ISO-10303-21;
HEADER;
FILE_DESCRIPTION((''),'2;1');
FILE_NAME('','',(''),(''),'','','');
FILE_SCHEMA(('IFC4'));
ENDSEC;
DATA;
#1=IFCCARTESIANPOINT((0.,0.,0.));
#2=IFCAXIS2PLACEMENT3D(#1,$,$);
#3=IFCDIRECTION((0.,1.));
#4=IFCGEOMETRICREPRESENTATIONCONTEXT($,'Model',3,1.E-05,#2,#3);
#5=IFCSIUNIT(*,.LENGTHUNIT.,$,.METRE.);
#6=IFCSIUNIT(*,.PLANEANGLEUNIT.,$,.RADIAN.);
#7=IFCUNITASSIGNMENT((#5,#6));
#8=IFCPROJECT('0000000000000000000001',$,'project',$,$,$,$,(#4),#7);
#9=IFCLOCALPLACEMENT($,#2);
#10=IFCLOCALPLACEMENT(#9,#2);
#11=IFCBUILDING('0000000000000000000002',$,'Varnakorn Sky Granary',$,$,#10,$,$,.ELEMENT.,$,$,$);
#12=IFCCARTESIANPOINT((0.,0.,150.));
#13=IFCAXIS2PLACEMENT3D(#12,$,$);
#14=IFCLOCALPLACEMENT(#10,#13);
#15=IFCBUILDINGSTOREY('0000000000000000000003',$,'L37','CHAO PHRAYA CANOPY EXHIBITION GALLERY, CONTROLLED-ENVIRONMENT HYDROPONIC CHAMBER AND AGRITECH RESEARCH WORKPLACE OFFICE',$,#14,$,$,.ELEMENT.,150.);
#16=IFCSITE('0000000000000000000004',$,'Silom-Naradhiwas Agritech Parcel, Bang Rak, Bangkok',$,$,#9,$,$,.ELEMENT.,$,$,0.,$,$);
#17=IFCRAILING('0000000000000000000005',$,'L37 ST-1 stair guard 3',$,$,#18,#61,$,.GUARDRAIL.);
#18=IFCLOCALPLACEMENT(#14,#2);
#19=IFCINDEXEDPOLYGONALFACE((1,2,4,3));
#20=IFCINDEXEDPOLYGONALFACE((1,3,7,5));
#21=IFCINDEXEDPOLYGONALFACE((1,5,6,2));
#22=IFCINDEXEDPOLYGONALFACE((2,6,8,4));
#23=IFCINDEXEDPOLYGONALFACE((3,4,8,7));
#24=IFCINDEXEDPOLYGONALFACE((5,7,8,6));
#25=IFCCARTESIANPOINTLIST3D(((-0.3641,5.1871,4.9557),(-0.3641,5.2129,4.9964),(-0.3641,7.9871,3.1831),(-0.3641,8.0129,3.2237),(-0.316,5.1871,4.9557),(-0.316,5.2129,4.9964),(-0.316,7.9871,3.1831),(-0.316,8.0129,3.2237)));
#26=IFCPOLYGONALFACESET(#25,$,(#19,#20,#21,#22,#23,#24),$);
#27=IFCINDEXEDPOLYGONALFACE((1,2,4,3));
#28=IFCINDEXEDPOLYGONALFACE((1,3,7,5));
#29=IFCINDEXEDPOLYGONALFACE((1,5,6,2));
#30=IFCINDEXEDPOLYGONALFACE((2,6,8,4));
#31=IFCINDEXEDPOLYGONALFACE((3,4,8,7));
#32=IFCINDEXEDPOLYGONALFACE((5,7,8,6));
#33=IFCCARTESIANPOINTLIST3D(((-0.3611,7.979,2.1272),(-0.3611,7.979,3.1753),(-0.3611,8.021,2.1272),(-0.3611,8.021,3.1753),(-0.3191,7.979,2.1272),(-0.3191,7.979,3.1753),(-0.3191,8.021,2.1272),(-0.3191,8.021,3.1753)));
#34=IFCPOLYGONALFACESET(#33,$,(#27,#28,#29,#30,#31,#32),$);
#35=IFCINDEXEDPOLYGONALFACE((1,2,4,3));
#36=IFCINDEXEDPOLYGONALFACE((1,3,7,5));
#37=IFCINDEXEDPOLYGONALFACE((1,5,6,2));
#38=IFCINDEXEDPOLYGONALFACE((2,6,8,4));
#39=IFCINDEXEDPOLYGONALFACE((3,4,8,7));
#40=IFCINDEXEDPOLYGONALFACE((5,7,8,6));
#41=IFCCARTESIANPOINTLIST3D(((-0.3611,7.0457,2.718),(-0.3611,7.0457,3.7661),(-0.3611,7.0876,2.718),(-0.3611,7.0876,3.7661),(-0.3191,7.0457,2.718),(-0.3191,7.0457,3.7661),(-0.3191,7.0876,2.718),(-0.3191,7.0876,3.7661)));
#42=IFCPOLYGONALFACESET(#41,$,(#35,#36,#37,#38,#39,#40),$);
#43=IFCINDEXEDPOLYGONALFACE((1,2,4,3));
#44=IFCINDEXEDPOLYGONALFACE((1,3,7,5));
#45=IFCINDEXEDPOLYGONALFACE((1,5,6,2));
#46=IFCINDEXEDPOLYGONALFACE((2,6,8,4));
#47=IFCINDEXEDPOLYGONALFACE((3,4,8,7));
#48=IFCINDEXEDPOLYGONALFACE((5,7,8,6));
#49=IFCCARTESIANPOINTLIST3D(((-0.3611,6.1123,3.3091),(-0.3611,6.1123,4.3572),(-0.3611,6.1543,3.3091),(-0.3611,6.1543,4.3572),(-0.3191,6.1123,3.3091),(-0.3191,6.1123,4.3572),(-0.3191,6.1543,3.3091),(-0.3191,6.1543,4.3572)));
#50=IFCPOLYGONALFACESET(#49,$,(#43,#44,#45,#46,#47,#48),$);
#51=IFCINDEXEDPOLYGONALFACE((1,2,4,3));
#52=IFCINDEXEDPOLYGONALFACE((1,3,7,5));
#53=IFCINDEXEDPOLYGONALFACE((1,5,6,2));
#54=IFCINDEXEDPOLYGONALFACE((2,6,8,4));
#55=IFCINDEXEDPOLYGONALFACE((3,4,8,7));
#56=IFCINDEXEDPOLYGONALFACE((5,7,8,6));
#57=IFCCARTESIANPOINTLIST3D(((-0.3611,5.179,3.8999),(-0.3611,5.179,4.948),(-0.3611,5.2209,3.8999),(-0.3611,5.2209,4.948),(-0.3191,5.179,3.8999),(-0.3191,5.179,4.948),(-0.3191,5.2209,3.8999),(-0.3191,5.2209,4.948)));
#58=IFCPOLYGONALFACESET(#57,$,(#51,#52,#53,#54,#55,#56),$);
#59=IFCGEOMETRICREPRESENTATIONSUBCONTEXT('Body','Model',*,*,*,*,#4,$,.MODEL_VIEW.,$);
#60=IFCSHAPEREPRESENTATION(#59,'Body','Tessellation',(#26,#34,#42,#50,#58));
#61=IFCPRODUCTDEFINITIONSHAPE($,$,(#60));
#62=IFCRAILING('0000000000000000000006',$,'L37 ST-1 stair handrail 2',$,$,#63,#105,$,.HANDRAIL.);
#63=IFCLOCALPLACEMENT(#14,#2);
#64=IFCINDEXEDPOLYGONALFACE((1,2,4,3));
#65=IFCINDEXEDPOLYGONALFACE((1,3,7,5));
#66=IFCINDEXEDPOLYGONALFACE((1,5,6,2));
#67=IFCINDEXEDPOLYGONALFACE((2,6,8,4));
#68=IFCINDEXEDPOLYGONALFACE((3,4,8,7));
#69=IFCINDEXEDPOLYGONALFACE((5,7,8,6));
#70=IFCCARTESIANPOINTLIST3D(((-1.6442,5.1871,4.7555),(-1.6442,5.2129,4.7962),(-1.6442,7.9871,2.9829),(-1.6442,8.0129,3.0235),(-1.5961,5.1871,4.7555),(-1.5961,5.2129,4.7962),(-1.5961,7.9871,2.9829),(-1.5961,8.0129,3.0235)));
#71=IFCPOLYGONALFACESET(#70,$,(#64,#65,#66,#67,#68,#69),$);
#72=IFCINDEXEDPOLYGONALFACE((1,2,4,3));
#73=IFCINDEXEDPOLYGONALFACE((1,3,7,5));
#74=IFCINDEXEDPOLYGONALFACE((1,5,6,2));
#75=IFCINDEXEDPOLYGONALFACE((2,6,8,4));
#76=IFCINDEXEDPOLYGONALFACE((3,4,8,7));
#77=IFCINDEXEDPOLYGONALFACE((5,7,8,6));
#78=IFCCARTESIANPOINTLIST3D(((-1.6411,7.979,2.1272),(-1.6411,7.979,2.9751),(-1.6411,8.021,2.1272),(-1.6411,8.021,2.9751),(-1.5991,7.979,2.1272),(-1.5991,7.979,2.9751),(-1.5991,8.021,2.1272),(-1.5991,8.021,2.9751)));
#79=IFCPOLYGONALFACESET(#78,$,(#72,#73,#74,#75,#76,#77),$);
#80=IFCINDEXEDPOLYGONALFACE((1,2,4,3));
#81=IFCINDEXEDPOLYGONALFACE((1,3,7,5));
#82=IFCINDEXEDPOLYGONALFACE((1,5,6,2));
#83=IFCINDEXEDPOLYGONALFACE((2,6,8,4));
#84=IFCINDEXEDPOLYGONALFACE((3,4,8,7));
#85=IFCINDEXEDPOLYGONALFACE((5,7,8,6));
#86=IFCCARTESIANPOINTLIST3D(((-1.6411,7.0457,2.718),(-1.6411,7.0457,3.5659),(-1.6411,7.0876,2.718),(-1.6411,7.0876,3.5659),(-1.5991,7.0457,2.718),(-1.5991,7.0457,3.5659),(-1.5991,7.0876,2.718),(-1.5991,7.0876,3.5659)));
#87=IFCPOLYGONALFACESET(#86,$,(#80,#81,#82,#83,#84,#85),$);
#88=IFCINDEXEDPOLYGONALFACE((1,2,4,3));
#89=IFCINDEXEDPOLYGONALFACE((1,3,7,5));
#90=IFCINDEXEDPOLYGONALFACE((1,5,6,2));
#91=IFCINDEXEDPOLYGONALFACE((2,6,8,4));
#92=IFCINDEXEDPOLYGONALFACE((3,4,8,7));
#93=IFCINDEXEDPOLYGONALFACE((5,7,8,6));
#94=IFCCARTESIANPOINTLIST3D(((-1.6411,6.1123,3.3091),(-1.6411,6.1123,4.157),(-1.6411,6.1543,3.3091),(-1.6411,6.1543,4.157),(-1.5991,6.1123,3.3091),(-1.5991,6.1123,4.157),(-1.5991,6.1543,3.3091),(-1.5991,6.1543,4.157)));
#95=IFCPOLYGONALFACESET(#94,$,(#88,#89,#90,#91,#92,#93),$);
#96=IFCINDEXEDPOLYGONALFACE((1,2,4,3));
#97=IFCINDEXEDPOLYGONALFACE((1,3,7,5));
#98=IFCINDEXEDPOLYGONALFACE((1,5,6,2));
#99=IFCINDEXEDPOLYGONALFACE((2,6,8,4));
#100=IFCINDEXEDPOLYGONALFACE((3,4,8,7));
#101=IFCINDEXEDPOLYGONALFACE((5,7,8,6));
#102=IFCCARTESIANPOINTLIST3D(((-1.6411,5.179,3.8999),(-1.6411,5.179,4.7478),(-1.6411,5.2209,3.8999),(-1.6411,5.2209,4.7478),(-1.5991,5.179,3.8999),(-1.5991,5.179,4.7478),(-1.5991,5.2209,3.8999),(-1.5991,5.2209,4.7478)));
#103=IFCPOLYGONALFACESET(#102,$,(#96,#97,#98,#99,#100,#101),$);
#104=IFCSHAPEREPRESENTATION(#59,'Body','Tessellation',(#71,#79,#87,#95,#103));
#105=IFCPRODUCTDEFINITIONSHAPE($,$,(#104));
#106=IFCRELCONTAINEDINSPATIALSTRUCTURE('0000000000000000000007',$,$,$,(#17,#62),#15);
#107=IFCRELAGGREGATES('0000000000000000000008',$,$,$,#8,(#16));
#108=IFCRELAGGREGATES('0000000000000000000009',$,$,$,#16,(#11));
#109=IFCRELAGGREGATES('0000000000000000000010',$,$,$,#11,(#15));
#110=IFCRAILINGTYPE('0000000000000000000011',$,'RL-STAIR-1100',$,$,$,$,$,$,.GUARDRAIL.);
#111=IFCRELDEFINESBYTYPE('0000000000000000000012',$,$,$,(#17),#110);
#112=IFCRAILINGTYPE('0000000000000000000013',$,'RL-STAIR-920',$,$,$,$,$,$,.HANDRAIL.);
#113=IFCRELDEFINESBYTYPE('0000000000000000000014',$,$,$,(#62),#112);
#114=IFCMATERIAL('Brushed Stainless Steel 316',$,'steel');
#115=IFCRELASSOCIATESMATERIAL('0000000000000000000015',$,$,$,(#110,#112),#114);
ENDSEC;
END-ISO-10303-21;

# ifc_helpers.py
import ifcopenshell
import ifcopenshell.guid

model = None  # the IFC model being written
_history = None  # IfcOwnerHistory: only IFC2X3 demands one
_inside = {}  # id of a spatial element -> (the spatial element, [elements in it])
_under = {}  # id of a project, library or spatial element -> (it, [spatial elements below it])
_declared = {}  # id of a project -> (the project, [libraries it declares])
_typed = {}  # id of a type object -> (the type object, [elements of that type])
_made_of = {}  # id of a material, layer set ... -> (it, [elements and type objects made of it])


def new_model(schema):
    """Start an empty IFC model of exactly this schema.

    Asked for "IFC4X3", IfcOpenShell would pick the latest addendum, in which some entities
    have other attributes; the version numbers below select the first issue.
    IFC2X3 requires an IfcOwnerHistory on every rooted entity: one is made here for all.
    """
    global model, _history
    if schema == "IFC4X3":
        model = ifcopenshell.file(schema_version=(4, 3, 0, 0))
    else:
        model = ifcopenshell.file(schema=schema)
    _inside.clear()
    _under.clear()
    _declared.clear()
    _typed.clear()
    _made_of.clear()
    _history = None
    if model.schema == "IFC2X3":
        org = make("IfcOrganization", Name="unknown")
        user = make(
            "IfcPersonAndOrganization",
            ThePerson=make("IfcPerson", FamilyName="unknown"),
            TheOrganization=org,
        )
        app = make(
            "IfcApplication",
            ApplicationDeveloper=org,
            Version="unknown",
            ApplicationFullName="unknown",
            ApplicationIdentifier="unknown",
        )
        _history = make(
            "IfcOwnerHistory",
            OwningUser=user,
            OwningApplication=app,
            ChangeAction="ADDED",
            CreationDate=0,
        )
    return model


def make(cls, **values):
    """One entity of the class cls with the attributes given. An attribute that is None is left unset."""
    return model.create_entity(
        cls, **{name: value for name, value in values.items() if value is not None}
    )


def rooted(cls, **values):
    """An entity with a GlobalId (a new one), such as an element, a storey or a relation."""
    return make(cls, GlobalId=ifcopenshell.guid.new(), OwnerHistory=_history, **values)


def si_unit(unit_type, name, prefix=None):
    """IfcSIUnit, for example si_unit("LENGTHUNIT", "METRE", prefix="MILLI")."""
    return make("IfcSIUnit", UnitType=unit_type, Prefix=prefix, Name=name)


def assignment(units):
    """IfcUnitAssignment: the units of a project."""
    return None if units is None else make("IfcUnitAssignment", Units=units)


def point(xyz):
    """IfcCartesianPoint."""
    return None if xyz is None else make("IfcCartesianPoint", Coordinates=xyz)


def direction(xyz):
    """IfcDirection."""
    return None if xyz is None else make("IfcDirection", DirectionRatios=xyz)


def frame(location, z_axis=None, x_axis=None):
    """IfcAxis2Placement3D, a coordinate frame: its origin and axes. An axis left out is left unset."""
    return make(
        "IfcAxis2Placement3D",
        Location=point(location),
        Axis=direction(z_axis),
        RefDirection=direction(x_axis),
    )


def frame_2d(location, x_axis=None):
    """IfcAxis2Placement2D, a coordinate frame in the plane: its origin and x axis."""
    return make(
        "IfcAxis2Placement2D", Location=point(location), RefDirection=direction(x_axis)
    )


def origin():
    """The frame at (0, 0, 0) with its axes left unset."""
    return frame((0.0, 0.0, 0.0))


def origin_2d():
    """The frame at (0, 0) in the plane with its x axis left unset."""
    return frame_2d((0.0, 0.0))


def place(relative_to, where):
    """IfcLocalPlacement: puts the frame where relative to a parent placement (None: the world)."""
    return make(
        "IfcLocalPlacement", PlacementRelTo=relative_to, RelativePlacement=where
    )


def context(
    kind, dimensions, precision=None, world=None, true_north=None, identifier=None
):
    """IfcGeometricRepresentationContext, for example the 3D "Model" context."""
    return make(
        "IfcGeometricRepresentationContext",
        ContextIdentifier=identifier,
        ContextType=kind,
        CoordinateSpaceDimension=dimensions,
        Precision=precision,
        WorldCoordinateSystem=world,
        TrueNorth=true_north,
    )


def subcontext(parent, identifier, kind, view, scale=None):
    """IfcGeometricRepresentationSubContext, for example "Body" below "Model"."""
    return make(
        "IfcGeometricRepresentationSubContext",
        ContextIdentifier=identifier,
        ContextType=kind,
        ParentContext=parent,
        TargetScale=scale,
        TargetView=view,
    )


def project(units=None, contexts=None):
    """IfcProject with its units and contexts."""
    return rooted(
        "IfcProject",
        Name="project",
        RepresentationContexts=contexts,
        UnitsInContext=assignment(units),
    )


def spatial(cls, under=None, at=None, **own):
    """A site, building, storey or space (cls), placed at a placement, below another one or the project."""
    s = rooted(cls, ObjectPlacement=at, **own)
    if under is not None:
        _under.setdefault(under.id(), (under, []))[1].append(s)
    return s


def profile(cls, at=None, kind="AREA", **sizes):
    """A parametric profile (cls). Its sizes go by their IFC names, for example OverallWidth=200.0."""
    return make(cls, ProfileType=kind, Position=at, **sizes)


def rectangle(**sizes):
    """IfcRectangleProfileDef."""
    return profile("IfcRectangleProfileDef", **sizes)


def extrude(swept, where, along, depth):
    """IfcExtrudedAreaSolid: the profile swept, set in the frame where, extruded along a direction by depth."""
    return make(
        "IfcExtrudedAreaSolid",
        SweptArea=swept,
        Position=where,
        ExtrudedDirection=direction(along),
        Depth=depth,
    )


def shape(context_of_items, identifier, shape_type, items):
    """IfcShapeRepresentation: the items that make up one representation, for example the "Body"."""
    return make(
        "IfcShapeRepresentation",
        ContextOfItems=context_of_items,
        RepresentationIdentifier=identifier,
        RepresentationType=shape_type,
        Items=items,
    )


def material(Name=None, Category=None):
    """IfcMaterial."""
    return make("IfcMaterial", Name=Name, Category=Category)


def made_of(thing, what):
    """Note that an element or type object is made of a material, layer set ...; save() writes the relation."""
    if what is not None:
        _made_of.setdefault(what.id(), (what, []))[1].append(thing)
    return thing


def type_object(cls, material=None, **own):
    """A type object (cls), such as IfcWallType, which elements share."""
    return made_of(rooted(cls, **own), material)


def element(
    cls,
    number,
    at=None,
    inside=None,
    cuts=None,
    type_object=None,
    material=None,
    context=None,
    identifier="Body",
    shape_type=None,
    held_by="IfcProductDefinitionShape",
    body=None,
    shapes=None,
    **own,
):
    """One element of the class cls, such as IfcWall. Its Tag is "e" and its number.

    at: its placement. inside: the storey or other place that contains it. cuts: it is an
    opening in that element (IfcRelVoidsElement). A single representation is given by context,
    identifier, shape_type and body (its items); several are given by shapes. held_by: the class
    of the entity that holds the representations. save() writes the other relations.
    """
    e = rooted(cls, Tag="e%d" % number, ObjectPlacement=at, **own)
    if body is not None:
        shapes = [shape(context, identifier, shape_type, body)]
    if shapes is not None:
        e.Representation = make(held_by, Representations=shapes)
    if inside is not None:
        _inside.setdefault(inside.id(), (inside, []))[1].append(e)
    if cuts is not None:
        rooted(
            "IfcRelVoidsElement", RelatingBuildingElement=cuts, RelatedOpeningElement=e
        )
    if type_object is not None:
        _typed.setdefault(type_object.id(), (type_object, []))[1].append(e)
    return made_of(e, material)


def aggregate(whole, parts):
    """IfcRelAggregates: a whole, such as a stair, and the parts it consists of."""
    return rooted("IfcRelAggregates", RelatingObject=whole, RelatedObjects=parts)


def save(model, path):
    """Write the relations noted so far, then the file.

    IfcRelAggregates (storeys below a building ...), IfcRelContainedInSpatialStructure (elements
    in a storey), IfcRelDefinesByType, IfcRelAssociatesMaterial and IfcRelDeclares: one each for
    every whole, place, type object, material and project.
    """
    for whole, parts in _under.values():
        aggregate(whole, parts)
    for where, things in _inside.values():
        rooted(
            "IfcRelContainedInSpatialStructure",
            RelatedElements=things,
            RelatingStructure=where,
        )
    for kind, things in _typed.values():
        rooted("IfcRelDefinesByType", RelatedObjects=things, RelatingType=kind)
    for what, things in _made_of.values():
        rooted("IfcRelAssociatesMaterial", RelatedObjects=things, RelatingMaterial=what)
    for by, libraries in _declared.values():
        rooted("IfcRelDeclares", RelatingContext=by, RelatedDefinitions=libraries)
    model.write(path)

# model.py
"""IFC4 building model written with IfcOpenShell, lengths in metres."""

from ifc_helpers import new_model, si_unit, direction, frame, origin, origin_2d, place, context, subcontext, project, spatial, rectangle, extrude, material, type_object, element, save


model = new_model("IFC4")

# Units and contexts
model_context = context("Model", 3, precision=1e-05, world=origin(), true_north=direction((0.0, 1.0)))
body_context = subcontext(model_context, "Body", "Model", "MODEL_VIEW")
ifc_project = project(units=[si_unit("LENGTHUNIT", "METRE"), si_unit("PLANEANGLEUNIT", "RADIAN")], contexts=[model_context])

# Site, building, storey
site_placement = place(None, origin())
site = spatial("IfcSite", under=ifc_project, at=site_placement, Name="Silom-Naradhiwas Agritech Parcel, Bang Rak, Bangkok", CompositionType="ELEMENT", RefElevation=0.0)
building_placement = place(site_placement, origin())
building = spatial("IfcBuilding", under=site, at=building_placement, Name="Varnakorn Sky Granary", CompositionType="ELEMENT")
storey_placement = place(building_placement, frame((0.0, 0.0, 150.0)))
storey = spatial("IfcBuildingStorey", under=building, at=storey_placement, Name="L37", Description="CHAO PHRAYA CANOPY EXHIBITION GALLERY, CONTROLLED-ENVIRONMENT HYDROPONIC CHAMBER AND AGRITECH RESEARCH WORKPLACE OFFICE", CompositionType="ELEMENT", Elevation=150.0)

# Railings
ifc_material_1 = material(Name="Brushed Stainless Steel 316", Category="steel")
railing_type_1 = type_object("IfcRailingType", Name="RL-STAIR-1100", PredefinedType="GUARDRAIL", material=ifc_material_1)
railing_1_placement = place(storey_placement, frame((-0.3401, 8.0, 2.1272)))
element("IfcRailing", 1, at=railing_1_placement, inside=storey, type_object=railing_type_1, Name="L37 ST-1 stair guard 3", PredefinedType="GUARDRAIL", context=body_context, shape_type="SweptSolid", body=[
    extrude(rectangle(XDim=0.0481, YDim=0.0481, at=origin_2d()), frame((0.0, 0.0, 1.0762), z_axis=(0.0, -0.844909, 0.53491), x_axis=(1.0, 0.0, 0.0)), (0.0, 0.0, 1.0), 3.314),
    extrude(rectangle(XDim=0.042, YDim=0.042, at=origin_2d()), origin(), (0.0, 0.0, 1.0), 1.0481),
    extrude(rectangle(XDim=0.042, YDim=0.042, at=origin_2d()), frame((0.0, -0.9333, 0.5908)), (0.0, 0.0, 1.0), 1.0481),
    extrude(rectangle(XDim=0.042, YDim=0.042, at=origin_2d()), frame((0.0, -1.8667, 1.1819)), (0.0, 0.0, 1.0), 1.0481),
    extrude(rectangle(XDim=0.042, YDim=0.042, at=origin_2d()), frame((0.0, -2.8, 1.7727)), (0.0, 0.0, 1.0), 1.0481),
])
railing_type_2 = type_object("IfcRailingType", Name="RL-STAIR-920", PredefinedType="HANDRAIL", material=ifc_material_1)
railing_2_placement = place(storey_placement, frame((-1.6201, 8.0, 2.1272)))
element("IfcRailing", 2, at=railing_2_placement, inside=storey, type_object=railing_type_2, Name="L37 ST-1 stair handrail 2", PredefinedType="HANDRAIL", context=body_context, shape_type="SweptSolid", body=[
    extrude(rectangle(XDim=0.0481, YDim=0.0481, at=origin_2d()), frame((0.0, 0.0, 0.876), z_axis=(0.0, -0.844909, 0.53491), x_axis=(1.0, 0.0, 0.0)), (0.0, 0.0, 1.0), 3.314),
    extrude(rectangle(XDim=0.042, YDim=0.042, at=origin_2d()), origin(), (0.0, 0.0, 1.0), 0.8479),
    extrude(rectangle(XDim=0.042, YDim=0.042, at=origin_2d()), frame((0.0, -0.9333, 0.5908)), (0.0, 0.0, 1.0), 0.8479),
    extrude(rectangle(XDim=0.042, YDim=0.042, at=origin_2d()), frame((0.0, -1.8667, 1.1819)), (0.0, 0.0, 1.0), 0.8479),
    extrude(rectangle(XDim=0.042, YDim=0.042, at=origin_2d()), frame((0.0, -2.8, 1.7727)), (0.0, 0.0, 1.0), 0.8479),
])

save(model, "model.ifc")
